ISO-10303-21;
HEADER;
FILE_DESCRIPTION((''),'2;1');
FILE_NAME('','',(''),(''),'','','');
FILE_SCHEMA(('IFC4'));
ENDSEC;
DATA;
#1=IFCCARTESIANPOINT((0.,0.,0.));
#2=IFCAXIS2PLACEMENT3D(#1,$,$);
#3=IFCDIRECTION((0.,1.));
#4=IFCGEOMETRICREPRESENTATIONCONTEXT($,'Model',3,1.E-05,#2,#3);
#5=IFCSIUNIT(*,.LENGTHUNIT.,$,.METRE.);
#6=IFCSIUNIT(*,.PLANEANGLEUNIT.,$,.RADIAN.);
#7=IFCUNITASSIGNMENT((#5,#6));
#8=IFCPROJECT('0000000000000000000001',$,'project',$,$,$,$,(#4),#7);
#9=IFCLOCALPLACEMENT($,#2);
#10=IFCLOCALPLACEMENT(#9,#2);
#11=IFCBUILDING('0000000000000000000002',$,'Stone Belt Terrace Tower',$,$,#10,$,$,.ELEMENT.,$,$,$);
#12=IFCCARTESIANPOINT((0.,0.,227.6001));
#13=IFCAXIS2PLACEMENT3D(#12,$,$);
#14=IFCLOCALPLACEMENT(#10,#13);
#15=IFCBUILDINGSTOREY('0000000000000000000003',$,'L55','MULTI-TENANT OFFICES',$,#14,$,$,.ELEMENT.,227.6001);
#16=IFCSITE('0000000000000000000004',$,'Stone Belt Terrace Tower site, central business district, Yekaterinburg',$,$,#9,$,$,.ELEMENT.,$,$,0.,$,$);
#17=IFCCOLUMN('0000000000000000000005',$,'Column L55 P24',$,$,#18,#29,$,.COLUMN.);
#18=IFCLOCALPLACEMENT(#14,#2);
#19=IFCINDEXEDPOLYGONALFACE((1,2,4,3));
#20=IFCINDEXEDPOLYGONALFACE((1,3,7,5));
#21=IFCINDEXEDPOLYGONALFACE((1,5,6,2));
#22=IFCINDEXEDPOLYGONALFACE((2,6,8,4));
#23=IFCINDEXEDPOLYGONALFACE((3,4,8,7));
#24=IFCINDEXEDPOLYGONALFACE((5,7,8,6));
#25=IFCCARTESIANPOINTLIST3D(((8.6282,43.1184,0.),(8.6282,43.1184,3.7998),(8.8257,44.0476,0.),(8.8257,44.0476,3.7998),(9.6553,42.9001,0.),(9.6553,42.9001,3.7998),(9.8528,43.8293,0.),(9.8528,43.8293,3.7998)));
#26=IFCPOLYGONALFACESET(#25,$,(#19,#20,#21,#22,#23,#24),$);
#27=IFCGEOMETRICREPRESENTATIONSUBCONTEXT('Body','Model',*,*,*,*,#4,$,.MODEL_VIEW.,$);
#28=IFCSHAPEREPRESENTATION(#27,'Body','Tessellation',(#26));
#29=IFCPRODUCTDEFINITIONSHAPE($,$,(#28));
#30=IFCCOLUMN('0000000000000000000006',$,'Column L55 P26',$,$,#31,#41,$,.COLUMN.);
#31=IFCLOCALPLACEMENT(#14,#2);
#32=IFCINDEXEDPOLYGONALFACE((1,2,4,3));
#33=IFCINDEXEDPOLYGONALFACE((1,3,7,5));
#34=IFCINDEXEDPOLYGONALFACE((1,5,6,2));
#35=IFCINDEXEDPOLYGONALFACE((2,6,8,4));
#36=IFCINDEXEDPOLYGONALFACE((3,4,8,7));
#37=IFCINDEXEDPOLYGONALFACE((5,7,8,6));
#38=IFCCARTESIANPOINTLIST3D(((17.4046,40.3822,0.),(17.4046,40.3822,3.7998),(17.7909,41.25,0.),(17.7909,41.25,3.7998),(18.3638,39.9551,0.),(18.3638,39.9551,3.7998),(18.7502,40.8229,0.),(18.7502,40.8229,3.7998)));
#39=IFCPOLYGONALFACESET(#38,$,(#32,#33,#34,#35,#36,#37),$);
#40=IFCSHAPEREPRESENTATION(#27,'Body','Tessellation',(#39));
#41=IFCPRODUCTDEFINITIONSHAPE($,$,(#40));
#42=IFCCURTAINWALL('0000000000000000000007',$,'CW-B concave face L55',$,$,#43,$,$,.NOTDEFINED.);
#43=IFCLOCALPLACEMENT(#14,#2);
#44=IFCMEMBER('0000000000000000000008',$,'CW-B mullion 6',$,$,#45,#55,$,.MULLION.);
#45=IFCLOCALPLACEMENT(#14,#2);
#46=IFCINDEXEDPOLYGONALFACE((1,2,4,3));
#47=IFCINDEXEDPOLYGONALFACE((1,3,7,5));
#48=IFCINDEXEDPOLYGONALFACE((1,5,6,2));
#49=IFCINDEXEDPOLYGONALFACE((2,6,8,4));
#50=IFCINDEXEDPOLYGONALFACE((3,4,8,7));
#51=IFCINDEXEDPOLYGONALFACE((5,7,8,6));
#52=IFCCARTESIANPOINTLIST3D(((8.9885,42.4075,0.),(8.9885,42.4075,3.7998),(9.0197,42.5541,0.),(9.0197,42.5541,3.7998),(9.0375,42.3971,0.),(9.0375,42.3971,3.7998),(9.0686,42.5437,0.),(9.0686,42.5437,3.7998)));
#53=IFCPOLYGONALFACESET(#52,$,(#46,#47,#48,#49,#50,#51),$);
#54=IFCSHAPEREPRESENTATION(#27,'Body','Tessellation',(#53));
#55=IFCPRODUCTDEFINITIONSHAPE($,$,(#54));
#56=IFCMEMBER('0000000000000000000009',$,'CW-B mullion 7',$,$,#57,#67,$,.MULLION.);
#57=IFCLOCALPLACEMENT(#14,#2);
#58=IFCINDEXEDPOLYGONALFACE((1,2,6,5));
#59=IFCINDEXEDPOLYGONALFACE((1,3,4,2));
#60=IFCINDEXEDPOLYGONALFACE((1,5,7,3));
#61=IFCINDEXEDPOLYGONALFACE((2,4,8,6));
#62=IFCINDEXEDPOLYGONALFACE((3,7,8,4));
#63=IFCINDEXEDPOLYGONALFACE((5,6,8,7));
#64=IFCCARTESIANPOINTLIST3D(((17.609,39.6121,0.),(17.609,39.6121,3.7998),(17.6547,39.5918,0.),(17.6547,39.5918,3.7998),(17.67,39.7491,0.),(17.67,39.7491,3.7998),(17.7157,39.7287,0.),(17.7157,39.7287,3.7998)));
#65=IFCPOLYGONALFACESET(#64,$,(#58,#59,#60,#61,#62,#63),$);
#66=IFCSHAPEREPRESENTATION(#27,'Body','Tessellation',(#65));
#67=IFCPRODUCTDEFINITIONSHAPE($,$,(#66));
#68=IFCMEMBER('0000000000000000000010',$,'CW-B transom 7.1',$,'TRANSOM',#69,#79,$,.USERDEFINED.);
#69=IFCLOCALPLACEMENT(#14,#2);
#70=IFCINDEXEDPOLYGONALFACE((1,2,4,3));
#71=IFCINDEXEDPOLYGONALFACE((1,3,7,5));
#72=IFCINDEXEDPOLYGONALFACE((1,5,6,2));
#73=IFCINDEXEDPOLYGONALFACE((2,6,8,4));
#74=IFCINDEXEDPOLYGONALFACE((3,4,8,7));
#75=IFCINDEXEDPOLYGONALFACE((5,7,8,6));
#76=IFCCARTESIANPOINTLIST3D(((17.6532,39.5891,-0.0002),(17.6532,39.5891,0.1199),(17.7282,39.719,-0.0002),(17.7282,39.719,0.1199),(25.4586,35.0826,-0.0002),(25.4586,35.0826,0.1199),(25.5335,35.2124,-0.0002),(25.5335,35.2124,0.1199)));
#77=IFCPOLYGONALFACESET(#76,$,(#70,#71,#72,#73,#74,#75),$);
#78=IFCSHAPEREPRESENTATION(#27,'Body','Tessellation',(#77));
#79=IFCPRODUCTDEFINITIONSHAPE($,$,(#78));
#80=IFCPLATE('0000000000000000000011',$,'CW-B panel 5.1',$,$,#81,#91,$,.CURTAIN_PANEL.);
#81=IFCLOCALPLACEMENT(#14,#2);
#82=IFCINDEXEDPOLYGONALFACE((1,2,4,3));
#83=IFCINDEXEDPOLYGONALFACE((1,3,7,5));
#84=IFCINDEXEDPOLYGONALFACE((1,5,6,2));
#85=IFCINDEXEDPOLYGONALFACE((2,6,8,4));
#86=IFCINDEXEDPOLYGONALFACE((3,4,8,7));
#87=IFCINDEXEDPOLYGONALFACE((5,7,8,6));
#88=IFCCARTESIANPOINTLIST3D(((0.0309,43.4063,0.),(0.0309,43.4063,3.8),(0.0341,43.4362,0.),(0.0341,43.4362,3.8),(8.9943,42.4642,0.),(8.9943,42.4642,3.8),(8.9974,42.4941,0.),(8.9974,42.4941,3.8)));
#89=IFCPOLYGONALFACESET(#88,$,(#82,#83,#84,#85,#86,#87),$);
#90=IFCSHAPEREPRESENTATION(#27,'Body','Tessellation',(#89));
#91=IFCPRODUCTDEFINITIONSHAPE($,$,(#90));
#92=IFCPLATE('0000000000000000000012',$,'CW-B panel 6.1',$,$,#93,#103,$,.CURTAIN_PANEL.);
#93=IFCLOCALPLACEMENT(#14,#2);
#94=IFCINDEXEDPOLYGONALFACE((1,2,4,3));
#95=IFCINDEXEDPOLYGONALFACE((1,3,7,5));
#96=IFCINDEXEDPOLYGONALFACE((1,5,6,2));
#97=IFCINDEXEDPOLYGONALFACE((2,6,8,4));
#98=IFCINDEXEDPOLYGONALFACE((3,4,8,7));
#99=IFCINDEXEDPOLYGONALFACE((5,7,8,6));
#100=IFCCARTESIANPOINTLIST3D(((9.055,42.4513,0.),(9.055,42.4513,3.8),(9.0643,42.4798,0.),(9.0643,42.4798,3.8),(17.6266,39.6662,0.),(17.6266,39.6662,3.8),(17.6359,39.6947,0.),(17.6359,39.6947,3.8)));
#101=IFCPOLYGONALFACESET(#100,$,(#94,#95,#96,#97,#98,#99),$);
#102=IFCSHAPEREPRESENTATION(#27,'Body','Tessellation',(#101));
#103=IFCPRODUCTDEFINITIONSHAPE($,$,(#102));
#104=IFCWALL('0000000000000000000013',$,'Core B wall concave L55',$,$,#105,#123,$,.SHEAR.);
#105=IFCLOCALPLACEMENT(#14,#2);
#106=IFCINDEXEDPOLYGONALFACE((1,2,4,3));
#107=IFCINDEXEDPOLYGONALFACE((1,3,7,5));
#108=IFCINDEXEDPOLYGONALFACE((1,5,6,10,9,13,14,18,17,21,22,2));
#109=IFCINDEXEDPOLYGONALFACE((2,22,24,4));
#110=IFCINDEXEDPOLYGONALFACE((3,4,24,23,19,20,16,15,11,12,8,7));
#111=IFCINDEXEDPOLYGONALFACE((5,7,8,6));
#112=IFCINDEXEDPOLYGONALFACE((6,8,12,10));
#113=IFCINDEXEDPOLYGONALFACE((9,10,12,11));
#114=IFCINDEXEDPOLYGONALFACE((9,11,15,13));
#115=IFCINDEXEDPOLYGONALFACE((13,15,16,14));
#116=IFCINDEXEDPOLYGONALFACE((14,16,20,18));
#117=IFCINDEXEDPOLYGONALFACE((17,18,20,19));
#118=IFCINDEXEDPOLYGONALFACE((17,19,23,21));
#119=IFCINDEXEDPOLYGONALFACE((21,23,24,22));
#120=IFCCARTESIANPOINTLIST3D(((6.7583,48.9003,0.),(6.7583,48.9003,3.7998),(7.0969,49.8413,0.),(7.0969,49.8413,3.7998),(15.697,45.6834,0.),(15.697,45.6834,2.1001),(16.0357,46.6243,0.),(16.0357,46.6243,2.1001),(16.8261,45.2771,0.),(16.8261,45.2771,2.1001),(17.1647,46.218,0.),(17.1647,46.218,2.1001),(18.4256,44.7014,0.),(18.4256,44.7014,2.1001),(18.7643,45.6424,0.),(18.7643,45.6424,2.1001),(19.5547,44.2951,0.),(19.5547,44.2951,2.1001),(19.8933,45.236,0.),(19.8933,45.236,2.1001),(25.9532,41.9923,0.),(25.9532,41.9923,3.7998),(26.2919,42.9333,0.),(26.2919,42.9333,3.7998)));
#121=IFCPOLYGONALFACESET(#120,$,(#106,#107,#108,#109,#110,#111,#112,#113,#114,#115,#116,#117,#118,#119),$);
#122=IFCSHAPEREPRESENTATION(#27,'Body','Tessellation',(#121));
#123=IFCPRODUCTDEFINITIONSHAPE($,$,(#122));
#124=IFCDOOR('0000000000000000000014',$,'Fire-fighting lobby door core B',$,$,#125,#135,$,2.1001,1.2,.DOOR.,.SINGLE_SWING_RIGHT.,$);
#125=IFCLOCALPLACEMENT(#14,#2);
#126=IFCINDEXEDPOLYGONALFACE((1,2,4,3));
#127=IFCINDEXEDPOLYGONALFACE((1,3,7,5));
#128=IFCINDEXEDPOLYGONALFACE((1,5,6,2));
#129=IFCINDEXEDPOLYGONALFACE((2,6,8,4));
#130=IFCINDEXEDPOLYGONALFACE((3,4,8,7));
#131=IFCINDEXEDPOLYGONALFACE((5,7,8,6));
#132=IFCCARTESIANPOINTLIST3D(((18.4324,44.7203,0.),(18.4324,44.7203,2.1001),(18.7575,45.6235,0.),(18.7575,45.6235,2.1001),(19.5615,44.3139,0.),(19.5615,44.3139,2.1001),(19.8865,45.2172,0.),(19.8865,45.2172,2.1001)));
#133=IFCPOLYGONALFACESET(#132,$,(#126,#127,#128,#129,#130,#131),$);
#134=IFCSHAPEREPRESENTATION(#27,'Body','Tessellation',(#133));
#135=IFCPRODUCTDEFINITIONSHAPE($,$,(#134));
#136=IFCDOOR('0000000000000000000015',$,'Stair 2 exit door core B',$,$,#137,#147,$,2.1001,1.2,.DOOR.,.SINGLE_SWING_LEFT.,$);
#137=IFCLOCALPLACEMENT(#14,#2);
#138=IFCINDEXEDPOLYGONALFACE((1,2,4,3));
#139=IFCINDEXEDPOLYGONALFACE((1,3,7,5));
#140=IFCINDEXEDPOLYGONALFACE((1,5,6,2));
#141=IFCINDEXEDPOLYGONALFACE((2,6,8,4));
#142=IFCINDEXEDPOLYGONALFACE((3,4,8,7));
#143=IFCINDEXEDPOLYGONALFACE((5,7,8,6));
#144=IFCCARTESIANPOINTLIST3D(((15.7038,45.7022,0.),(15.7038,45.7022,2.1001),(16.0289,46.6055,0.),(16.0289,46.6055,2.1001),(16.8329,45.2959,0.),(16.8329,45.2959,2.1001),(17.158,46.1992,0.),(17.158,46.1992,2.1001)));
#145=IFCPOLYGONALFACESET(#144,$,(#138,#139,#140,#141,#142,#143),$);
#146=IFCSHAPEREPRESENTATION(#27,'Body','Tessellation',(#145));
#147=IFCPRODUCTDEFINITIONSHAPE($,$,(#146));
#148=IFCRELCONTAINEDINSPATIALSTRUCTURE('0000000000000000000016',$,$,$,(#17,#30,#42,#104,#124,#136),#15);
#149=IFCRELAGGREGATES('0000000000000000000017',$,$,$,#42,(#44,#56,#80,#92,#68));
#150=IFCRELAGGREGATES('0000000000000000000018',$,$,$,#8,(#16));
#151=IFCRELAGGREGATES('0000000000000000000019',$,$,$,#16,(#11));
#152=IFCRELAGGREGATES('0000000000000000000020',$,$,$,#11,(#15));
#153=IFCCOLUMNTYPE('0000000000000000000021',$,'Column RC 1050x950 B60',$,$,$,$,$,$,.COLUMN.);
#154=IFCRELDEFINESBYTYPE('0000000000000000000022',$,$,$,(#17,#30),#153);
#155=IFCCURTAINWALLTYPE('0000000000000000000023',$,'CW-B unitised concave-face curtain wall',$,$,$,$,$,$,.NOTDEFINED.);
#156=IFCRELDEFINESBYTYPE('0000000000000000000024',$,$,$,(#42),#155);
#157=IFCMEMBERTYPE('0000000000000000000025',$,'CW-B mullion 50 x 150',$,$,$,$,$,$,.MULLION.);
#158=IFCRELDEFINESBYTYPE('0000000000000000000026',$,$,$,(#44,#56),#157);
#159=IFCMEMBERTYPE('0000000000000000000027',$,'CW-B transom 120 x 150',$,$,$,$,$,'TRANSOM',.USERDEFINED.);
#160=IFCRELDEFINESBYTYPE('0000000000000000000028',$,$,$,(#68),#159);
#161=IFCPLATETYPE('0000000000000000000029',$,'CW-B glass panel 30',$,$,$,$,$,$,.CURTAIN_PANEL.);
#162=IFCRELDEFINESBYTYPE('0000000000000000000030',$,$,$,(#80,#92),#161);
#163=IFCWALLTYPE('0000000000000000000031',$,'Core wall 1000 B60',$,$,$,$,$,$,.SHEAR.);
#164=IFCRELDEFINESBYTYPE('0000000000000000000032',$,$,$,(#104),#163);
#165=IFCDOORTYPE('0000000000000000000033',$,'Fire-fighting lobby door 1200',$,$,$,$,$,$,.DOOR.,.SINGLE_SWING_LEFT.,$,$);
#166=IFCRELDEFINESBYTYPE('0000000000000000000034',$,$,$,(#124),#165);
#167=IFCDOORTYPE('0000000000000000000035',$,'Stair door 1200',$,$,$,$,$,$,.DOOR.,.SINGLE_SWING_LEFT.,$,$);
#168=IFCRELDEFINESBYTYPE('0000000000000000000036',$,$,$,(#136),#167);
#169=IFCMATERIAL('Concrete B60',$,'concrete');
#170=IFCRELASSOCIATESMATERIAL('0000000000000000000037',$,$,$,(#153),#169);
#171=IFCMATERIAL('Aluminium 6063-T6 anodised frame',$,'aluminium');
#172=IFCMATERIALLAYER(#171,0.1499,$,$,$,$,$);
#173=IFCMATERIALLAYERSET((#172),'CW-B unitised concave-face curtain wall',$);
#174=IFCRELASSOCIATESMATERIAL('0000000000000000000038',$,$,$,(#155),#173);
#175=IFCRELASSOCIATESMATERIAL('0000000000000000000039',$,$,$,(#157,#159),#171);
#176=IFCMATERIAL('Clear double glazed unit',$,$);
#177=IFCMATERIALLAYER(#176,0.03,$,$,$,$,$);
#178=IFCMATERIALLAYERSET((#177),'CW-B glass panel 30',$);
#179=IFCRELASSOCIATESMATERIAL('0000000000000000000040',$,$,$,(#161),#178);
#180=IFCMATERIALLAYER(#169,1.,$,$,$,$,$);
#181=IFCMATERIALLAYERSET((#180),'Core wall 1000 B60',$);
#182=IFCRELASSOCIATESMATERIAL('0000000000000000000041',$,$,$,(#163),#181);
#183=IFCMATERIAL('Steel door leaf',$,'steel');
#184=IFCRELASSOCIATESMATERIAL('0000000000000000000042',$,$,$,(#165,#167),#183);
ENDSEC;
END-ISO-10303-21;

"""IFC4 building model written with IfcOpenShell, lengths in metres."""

from ifc_helpers import new_model, si_unit, direction, frame, frame_2d, origin, origin_2d, place, context, subcontext, project, spatial, rectangle, extrude, material, layer, layer_set, material_profile, profile_set, type_object, element, fill, aggregate, save


model = new_model("IFC4")

# Units and contexts
model_context = context("Model", 3, precision=1e-05, world=origin(), true_north=direction((0.0, 1.0)))
body_context = subcontext(model_context, "Body", "Model", "MODEL_VIEW")
ifc_project = project(units=[si_unit("LENGTHUNIT", "METRE"), si_unit("PLANEANGLEUNIT", "RADIAN")], contexts=[model_context])

# Site, building, storey
site_placement = place(None, origin())
site = spatial("IfcSite", under=ifc_project, at=site_placement, Name="Stone Belt Terrace Tower site, central business district, Yekaterinburg", CompositionType="ELEMENT", RefElevation=0.0)
building_placement = place(site_placement, origin())
building = spatial("IfcBuilding", under=site, at=building_placement, Name="Stone Belt Terrace Tower", CompositionType="ELEMENT")
storey_placement = place(building_placement, frame((0.0, 0.0, 227.6001)))
storey = spatial("IfcBuildingStorey", under=building, at=storey_placement, Name="L55", Description="MULTI-TENANT OFFICES", CompositionType="ELEMENT", Elevation=227.6001)

# Columns
ifc_material_1 = material(Name="Concrete B60", Category="concrete")
ifc_material_profile_1 = material_profile(ifc_material_1, rectangle(XDim=1.05, YDim=0.95, at=origin_2d()), Name="RC 1050x950")
ifc_profile_set_1 = profile_set([ifc_material_profile_1], Name="Concrete B60")
column_type = type_object("IfcColumnType", Name="Column RC 1050x950 B60", PredefinedType="COLUMN", material=ifc_profile_set_1)
for number, where, z_axis, x_axis, name in (
    (1, (9.2405, 43.4739, 0.0), (0.0, 0.0, 1.0), (0.978148, -0.207912, 0.0), "Column L55 P24"),
    (2, (18.0774, 40.6025, 0.0), (0.0, 0.0, 1.0), (0.913545, -0.406737, 0.0), "Column L55 P26"),
):
    element("IfcColumn", number, at=place(storey_placement, frame(where, z_axis=z_axis, x_axis=x_axis)), inside=storey, type_object=column_type, Name=name, PredefinedType="COLUMN", context=body_context, shape_type="SweptSolid", body=[
        extrude(rectangle(XDim=1.05, YDim=0.95, at=origin_2d()), origin(), (0.0, 0.0, 1.0), 3.7998),
    ])

# Curtain wall, members, plates
ifc_material_2 = material(Name="Aluminium 6063-T6 anodised frame", Category="aluminium")
ifc_layer_1 = layer(ifc_material_2, 0.1499)
ifc_layer_set_1 = layer_set([ifc_layer_1], Name="CW-B unitised concave-face curtain wall")
curtain_wall_type = type_object("IfcCurtainWallType", Name="CW-B unitised concave-face curtain wall", PredefinedType="NOTDEFINED", material=ifc_layer_set_1)
curtain_wall_placement = place(storey_placement, origin())
curtain_wall = element("IfcCurtainWall", 3, at=curtain_wall_placement, inside=storey, type_object=curtain_wall_type, Name="CW-B concave face L55", PredefinedType="NOTDEFINED")
ifc_material_profile_2 = material_profile(ifc_material_2, rectangle(XDim=0.1499, YDim=0.05, at=origin_2d()), Name="Aluminium 6063-T6 50x150")
ifc_profile_set_2 = profile_set([ifc_material_profile_2], Name="Aluminium 6063-T6 anodised frame")
member_type_1 = type_object("IfcMemberType", Name="CW-B mullion 50 x 150", PredefinedType="MULLION", material=ifc_profile_set_2)
member_1_placement = place(storey_placement, frame((9.0286, 42.4756, 0.0), z_axis=(0.0, 0.0, 1.0), x_axis=(0.207912, 0.978148, 0.0)))
member_1 = element("IfcMember", 4, at=member_1_placement, type_object=member_type_1, Name="CW-B mullion 6", PredefinedType="MULLION", context=body_context, shape_type="SweptSolid", body=[
    extrude(rectangle(XDim=0.1499, YDim=0.05, at=origin_2d()), origin(), (0.0, 0.0, 1.0), 3.7998),
])
member_2_placement = place(storey_placement, frame((17.6624, 39.6704, 0.0), z_axis=(0.0, 0.0, 1.0), x_axis=(0.406737, 0.913545, 0.0)))
member_2 = element("IfcMember", 5, at=member_2_placement, type_object=member_type_1, Name="CW-B mullion 7", PredefinedType="MULLION", context=body_context, shape_type="SweptSolid", body=[
    extrude(rectangle(XDim=0.1499, YDim=0.05, at=origin_2d()), origin(), (0.0, 0.0, 1.0), 3.7998),
])
ifc_material_profile_3 = material_profile(ifc_material_2, rectangle(XDim=0.1499, YDim=0.1201, at=origin_2d()), Name="Aluminium 6063-T6 150x120")
ifc_profile_set_3 = profile_set([ifc_material_profile_3], Name="Aluminium 6063-T6 anodised frame")
member_type_2 = type_object("IfcMemberType", Name="CW-B transom 120 x 150", ElementType="TRANSOM", PredefinedType="USERDEFINED", material=ifc_profile_set_3)
member_3_placement = place(storey_placement, frame((17.6907, 39.6541, 0.0598), z_axis=(0.866019, -0.500011, 0.0), x_axis=(0.500011, 0.866019, 0.0)))
member_3 = element("IfcMember", 6, at=member_3_placement, type_object=member_type_2, Name="CW-B transom 7.1", ObjectType="TRANSOM", PredefinedType="USERDEFINED", context=body_context, shape_type="SweptSolid", body=[
    extrude(rectangle(XDim=0.1499, YDim=0.1201, at=origin_2d()), origin(), (0.0, 0.0, 1.0), 9.0129),
])
ifc_material_3 = material(Name="Clear double glazed unit")
ifc_layer_2 = layer(ifc_material_3, 0.03)
ifc_layer_set_2 = layer_set([ifc_layer_2], Name="CW-B glass panel 30")
plate_type = type_object("IfcPlateType", Name="CW-B glass panel 30", PredefinedType="CURTAIN_PANEL", material=ifc_layer_set_2)
plate_1_placement = place(storey_placement, frame((4.5142, 42.9502, 0.0), z_axis=(0.0, 0.0, 1.0), x_axis=(0.994522, -0.104528, 0.0)))
plate_1 = element("IfcPlate", 7, at=plate_1_placement, type_object=plate_type, Name="CW-B panel 5.1", PredefinedType="CURTAIN_PANEL", context=body_context, shape_type="SweptSolid", body=[
    extrude(rectangle(XDim=9.0127, YDim=0.03, at=origin_2d()), origin(), (0.0, 0.0, 1.0), 3.8),
])
plate_2_placement = place(storey_placement, frame((13.3455, 41.073, 0.0), z_axis=(0.0, 0.0, 1.0), x_axis=(0.951057, -0.309017, 0.0)))
plate_2 = element("IfcPlate", 8, at=plate_2_placement, type_object=plate_type, Name="CW-B panel 6.1", PredefinedType="CURTAIN_PANEL", context=body_context, shape_type="SweptSolid", body=[
    extrude(rectangle(XDim=9.0127, YDim=0.03, at=origin_2d()), origin(), (0.0, 0.0, 1.0), 3.8),
])
aggregate(curtain_wall, [member_1, member_2, plate_1, plate_2, member_3])

# Wall, openings, doors
ifc_layer_3 = layer(ifc_material_1, 1.0)
ifc_layer_set_3 = layer_set([ifc_layer_3], Name="Core wall 1000 B60")
wall_type_1 = type_object("IfcWallType", Name="Core wall 1000 B60", PredefinedType="SHEAR", material=ifc_layer_set_3)
wall_1_placement = place(storey_placement, frame((6.9275, 49.3708, 0.0), z_axis=(0.0, 0.0, 1.0), x_axis=(0.940921, -0.338625, 0.0)))
wall_1 = element("IfcWall", 9, at=wall_1_placement, inside=storey, type_object=wall_type_1, Name="Core B wall concave L55", PredefinedType="SHEAR", context=body_context, shape_type="SweptSolid", body=[
    extrude(rectangle(XDim=20.4001, YDim=1.0, at=frame_2d((10.2002, 0.0))), origin(), (0.0, 0.0, 1.0), 3.7998),
])
opening_1_placement = place(wall_1_placement, frame((12.3999, 0.0, 0.0)))
opening_1 = element("IfcOpeningElement", 10, at=opening_1_placement, cuts=wall_1, PredefinedType="OPENING", context=body_context, shape_type="SweptSolid", body=[
    extrude(rectangle(XDim=1.2, YDim=2.1001, at=frame_2d((0.6001, 1.05))), frame((0.0, 0.51, 0.0), z_axis=(0.0, -1.0, 0.0), x_axis=(1.0, 0.0, 0.0)), (0.0, 0.0, 1.0), 1.02),
])
opening_2_placement = place(wall_1_placement, frame((9.5, 0.0, 0.0)))
opening_2 = element("IfcOpeningElement", 11, at=opening_2_placement, cuts=wall_1, PredefinedType="OPENING", context=body_context, shape_type="SweptSolid", body=[
    extrude(rectangle(XDim=1.2, YDim=2.1001, at=frame_2d((0.6001, 1.05))), frame((0.0, 0.51, 0.0), z_axis=(0.0, -1.0, 0.0), x_axis=(1.0, 0.0, 0.0)), (0.0, 0.0, 1.0), 1.02),
])
ifc_material_4 = material(Name="Steel door leaf", Category="steel")
door_type_1 = type_object("IfcDoorType", Name="Fire-fighting lobby door 1200", OperationType="SINGLE_SWING_LEFT", PredefinedType="DOOR", material=ifc_material_4)
door_1_placement = place(opening_1_placement, origin())
door_1 = element("IfcDoor", 12, at=door_1_placement, inside=storey, type_object=door_type_1, Name="Fire-fighting lobby door core B", OperationType="SINGLE_SWING_RIGHT", OverallHeight=2.1001, OverallWidth=1.2, PredefinedType="DOOR", context=body_context, shape_type="SweptSolid", body=[
    extrude(rectangle(XDim=1.2, YDim=2.1001, at=frame_2d((0.6001, 1.05))), frame((0.0, 0.48, 0.0), z_axis=(0.0, -1.0, 0.0), x_axis=(1.0, 0.0, 0.0)), (0.0, 0.0, 1.0), 0.96),
])
fill(opening_1, door_1)
door_type_2 = type_object("IfcDoorType", Name="Stair door 1200", OperationType="SINGLE_SWING_LEFT", PredefinedType="DOOR", material=ifc_material_4)
door_2_placement = place(opening_2_placement, origin())
door_2 = element("IfcDoor", 13, at=door_2_placement, inside=storey, type_object=door_type_2, Name="Stair 2 exit door core B", OperationType="SINGLE_SWING_LEFT", OverallHeight=2.1001, OverallWidth=1.2, PredefinedType="DOOR", context=body_context, shape_type="SweptSolid", body=[
    extrude(rectangle(XDim=1.2, YDim=2.1001, at=frame_2d((0.6001, 1.05))), frame((0.0, 0.48, 0.0), z_axis=(0.0, -1.0, 0.0), x_axis=(1.0, 0.0, 0.0)), (0.0, 0.0, 1.0), 0.96),
])
fill(opening_2, door_2)

save(model, "model.ifc")
